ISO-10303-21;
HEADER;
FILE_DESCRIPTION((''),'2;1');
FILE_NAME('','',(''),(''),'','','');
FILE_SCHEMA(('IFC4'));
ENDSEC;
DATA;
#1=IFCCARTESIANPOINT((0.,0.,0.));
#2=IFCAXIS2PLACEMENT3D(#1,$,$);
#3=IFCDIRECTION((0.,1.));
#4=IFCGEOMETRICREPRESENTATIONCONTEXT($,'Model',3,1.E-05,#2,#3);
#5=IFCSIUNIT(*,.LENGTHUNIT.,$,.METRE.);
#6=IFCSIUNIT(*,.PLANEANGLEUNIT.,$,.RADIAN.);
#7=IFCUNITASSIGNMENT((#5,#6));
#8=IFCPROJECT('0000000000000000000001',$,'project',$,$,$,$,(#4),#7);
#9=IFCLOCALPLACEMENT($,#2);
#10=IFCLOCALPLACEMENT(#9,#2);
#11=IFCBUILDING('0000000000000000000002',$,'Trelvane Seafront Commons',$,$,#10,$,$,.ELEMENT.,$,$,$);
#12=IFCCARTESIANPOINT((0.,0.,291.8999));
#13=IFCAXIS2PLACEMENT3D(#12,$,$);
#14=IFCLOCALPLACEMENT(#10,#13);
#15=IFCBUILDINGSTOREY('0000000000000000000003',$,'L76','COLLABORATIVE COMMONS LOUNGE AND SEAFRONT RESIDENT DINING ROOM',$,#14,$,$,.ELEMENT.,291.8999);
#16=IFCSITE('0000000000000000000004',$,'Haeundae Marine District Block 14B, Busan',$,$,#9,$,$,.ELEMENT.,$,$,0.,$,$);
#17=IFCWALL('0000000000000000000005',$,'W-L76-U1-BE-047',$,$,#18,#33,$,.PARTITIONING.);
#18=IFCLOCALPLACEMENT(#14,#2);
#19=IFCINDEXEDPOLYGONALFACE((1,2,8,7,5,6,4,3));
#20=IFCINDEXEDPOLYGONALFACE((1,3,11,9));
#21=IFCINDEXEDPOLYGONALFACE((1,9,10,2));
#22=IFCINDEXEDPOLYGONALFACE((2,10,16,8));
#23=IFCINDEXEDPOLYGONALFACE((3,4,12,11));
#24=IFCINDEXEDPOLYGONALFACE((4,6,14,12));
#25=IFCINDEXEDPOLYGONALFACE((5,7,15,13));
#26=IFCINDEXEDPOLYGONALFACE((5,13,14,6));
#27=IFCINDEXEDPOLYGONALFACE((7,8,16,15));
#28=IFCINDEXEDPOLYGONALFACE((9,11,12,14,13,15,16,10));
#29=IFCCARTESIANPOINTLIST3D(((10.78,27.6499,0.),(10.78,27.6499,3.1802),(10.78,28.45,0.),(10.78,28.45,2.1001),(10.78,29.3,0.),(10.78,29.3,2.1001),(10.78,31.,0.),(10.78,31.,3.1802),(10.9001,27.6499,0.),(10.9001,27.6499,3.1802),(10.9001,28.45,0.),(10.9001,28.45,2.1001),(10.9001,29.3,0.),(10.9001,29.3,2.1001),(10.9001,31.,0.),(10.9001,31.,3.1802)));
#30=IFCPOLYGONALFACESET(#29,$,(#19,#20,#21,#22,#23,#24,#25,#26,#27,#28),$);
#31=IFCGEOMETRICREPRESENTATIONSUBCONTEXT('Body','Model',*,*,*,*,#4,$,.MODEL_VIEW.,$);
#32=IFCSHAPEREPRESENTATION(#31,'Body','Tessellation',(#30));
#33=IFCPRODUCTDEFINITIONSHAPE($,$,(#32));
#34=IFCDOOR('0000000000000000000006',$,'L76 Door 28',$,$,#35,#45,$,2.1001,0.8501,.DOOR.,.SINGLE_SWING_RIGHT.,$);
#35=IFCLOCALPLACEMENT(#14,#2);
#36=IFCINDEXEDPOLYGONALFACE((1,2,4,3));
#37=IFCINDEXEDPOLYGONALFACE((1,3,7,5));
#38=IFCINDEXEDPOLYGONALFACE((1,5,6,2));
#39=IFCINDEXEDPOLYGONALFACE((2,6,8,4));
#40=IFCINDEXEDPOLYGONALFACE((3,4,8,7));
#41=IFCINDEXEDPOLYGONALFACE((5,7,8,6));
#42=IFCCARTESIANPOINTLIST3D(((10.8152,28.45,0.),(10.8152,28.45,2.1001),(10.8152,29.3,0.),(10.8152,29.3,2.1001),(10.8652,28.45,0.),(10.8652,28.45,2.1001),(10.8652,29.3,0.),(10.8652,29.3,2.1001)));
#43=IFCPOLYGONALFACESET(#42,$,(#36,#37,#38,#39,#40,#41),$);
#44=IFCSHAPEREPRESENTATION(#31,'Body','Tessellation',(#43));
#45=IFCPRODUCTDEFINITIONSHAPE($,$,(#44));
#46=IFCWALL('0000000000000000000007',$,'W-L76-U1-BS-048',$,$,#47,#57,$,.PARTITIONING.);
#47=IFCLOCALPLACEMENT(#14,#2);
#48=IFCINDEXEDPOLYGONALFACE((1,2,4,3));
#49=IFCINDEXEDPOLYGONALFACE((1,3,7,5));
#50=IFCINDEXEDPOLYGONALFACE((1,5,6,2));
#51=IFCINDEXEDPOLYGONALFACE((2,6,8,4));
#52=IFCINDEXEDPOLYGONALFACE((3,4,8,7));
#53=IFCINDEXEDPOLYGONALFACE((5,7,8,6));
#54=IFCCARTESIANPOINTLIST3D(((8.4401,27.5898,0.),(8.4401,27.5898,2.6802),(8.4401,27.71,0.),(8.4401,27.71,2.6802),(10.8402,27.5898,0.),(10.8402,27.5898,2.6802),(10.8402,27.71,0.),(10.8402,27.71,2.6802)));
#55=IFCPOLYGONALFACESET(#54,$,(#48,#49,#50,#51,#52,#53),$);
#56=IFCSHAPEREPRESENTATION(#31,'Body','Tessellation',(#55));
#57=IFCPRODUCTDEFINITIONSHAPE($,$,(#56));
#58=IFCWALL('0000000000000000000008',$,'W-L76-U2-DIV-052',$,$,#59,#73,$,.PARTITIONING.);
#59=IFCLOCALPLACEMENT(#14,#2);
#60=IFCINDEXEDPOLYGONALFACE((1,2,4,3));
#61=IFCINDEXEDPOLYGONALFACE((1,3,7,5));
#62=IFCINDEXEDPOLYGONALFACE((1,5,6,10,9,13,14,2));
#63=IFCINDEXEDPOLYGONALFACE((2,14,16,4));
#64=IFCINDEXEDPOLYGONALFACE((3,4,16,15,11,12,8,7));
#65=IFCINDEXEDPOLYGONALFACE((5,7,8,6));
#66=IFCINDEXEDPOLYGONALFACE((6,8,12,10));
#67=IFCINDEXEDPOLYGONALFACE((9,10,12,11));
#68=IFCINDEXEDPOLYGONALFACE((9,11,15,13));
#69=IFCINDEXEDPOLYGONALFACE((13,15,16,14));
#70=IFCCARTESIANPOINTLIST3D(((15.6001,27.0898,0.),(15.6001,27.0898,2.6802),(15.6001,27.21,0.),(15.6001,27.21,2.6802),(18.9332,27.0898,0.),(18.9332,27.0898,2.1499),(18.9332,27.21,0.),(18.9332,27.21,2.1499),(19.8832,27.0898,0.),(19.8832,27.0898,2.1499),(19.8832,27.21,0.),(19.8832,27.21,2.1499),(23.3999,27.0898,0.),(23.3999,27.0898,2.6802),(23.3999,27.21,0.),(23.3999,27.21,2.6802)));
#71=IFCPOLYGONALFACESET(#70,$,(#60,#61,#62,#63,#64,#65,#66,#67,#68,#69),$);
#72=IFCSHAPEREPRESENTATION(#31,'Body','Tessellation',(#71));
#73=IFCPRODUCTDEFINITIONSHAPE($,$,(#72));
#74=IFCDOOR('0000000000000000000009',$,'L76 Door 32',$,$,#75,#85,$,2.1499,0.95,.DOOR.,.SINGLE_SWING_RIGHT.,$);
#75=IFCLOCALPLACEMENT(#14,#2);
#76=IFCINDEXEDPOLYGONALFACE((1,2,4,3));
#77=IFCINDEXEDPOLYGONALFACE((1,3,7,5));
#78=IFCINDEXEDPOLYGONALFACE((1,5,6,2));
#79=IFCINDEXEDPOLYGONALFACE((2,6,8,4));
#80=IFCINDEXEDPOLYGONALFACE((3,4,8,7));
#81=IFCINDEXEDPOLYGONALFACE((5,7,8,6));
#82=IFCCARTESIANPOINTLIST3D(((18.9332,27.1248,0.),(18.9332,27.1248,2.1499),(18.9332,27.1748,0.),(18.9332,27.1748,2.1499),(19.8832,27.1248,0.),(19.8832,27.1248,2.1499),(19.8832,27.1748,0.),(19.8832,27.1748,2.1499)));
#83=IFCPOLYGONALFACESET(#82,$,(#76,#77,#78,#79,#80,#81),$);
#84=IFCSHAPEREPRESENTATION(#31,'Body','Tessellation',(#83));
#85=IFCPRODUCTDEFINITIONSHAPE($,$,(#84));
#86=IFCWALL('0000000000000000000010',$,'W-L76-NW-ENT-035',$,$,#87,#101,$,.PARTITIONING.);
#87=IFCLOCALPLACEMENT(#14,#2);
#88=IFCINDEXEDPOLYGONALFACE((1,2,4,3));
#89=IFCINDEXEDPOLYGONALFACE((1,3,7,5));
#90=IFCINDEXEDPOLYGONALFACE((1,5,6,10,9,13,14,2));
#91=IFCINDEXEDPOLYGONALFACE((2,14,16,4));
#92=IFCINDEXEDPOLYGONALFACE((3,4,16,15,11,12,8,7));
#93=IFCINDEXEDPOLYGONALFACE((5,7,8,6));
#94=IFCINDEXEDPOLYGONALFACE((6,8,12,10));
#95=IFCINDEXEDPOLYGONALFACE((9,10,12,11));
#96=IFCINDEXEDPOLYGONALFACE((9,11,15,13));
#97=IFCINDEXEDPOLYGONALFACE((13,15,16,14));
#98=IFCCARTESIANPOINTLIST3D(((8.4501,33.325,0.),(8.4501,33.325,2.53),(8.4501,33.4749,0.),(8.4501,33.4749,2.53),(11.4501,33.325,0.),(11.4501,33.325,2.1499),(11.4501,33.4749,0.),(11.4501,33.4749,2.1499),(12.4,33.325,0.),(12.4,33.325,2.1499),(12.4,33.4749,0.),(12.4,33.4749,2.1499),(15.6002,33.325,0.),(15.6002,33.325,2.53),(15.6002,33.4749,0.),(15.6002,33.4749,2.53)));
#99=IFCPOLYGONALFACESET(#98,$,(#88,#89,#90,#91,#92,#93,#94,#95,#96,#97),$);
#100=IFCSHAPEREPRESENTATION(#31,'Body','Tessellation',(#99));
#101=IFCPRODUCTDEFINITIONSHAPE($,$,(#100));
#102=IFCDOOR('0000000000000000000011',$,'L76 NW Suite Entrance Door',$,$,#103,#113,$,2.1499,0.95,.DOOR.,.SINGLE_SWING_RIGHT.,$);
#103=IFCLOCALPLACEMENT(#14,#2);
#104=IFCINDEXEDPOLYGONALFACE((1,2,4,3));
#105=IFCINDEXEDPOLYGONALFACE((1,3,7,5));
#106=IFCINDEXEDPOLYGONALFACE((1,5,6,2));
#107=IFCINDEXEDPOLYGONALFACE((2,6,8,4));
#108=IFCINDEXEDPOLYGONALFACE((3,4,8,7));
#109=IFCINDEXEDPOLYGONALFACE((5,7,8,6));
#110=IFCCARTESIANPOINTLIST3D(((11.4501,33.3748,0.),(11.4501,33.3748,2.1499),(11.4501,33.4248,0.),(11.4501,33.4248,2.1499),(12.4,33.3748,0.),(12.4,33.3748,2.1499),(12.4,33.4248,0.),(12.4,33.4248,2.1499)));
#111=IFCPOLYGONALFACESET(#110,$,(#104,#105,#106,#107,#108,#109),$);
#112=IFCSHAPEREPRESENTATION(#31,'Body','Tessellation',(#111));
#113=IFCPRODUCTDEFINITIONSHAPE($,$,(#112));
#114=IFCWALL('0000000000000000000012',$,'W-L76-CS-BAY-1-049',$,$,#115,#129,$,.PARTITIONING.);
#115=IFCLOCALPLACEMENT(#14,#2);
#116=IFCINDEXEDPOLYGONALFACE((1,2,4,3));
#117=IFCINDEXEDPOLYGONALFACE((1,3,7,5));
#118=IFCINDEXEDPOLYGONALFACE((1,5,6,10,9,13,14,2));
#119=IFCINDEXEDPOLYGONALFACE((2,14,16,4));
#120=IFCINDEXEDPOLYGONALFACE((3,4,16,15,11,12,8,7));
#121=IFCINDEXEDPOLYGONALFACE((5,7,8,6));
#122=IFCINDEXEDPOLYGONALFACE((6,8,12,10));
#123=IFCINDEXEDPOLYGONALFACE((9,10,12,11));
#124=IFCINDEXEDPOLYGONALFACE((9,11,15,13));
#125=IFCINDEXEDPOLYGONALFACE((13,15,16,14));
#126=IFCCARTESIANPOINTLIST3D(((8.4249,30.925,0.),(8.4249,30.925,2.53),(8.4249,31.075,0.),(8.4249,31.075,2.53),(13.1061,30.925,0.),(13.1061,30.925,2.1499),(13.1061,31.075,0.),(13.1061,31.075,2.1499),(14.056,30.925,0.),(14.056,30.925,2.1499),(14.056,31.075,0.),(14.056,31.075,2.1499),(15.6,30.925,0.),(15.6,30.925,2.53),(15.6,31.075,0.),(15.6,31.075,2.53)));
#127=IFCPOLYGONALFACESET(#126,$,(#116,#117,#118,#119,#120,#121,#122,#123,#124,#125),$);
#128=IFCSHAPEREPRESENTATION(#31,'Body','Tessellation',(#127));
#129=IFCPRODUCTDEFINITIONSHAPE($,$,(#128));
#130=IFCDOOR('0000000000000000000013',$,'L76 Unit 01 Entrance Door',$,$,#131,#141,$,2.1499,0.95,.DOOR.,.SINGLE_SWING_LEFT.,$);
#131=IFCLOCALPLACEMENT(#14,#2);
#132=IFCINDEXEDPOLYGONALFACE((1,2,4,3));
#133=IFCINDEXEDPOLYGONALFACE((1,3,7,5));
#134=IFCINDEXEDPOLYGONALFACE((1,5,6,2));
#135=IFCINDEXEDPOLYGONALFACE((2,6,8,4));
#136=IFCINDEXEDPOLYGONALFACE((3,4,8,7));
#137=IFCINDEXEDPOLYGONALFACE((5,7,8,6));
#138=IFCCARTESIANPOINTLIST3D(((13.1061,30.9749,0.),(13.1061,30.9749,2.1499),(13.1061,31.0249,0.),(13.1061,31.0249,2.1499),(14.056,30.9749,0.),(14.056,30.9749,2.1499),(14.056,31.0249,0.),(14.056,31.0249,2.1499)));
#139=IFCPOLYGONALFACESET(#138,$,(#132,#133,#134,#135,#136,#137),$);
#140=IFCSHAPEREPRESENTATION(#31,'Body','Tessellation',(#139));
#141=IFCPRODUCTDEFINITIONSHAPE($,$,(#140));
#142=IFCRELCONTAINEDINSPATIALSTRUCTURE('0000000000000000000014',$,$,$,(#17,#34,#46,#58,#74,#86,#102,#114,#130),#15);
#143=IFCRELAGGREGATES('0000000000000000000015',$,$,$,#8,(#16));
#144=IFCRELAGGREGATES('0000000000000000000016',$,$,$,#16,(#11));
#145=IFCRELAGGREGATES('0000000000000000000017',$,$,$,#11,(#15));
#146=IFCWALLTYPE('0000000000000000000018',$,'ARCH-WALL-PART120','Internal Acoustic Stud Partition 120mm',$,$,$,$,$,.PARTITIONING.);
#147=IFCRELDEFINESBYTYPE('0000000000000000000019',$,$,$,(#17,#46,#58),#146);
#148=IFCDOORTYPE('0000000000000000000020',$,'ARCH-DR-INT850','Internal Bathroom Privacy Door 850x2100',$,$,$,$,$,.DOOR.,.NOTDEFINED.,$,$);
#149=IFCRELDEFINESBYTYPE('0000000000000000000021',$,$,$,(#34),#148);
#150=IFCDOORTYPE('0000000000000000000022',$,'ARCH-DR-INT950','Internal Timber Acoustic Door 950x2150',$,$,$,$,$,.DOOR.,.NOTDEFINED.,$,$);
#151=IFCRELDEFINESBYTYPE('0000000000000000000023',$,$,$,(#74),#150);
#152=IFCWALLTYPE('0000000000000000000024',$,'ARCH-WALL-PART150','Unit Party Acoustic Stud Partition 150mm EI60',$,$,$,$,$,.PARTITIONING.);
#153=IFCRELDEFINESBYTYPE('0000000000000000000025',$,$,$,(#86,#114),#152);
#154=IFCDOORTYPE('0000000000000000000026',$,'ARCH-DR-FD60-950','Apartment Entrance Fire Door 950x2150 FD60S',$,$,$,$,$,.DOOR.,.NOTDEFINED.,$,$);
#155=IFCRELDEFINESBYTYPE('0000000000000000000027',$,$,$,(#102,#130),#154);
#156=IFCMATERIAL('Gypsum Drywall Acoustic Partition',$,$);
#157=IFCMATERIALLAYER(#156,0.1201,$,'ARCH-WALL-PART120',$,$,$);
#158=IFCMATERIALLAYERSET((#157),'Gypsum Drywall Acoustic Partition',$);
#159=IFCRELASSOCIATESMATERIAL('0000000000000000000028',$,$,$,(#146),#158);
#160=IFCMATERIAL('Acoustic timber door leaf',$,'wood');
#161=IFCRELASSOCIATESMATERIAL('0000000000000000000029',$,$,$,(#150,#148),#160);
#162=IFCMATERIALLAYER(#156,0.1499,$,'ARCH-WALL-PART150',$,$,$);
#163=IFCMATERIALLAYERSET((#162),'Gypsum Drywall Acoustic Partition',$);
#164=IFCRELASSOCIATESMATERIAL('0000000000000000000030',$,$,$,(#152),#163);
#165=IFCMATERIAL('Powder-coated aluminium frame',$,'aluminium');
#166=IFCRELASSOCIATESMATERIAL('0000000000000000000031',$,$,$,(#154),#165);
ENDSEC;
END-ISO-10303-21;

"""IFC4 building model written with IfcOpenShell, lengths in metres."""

from ifc_helpers import new_model, si_unit, direction, frame, frame_2d, origin, place, context, subcontext, project, spatial, rectangle, extrude, source, transform, mapped, material, layer, layer_set, type_object, element, fill, save


model = new_model("IFC4")

# Units and contexts
model_context = context("Model", 3, precision=1e-05, world=origin(), true_north=direction((0.0, 1.0)))
body_context = subcontext(model_context, "Body", "Model", "MODEL_VIEW")
ifc_project = project(units=[si_unit("LENGTHUNIT", "METRE"), si_unit("PLANEANGLEUNIT", "RADIAN")], contexts=[model_context])

# Site, building, storey
site_placement = place(None, origin())
site = spatial("IfcSite", under=ifc_project, at=site_placement, Name="Haeundae Marine District Block 14B, Busan", CompositionType="ELEMENT", RefElevation=0.0)
building_placement = place(site_placement, origin())
building = spatial("IfcBuilding", under=site, at=building_placement, Name="Trelvane Seafront Commons", CompositionType="ELEMENT")
storey_placement = place(building_placement, frame((0.0, 0.0, 291.8999)))
storey = spatial("IfcBuildingStorey", under=building, at=storey_placement, Name="L76", Description="COLLABORATIVE COMMONS LOUNGE AND SEAFRONT RESIDENT DINING ROOM", CompositionType="ELEMENT", Elevation=291.8999)

# Wall, opening, door
ifc_material_1 = material(Name="Gypsum Drywall Acoustic Partition")
ifc_layer_1 = layer(ifc_material_1, 0.1201, Name="ARCH-WALL-PART120")
ifc_layer_set_1 = layer_set([ifc_layer_1], Name="Gypsum Drywall Acoustic Partition")
wall_type_1 = type_object("IfcWallType", Name="ARCH-WALL-PART120", Description="Internal Acoustic Stud Partition 120mm", PredefinedType="PARTITIONING", material=ifc_layer_set_1)
ifc_material_2 = material(Name="Acoustic timber door leaf", Category="wood")
door_type_1 = type_object("IfcDoorType", Name="ARCH-DR-INT950", Description="Internal Timber Acoustic Door 950x2150", OperationType="NOTDEFINED", PredefinedType="DOOR", material=ifc_material_2)
shared_shape_1 = source(origin(), body_context, "Body", "SweptSolid", [
    extrude(rectangle(XDim=0.95, YDim=2.1499, at=frame_2d((0.4751, 1.075))), frame((0.0, 0.0249, 0.0), z_axis=(0.0, -1.0, 0.0), x_axis=(1.0, 0.0, 0.0)), (0.0, 0.0, 1.0), 0.05),
])
wall_1_placement = place(storey_placement, frame((10.8401, 27.6499, 0.0), z_axis=(0.0, 0.0, 1.0), x_axis=(0.0, 1.0, 0.0)))
wall_1 = element("IfcWall", 1, at=wall_1_placement, inside=storey, type_object=wall_type_1, Name="W-L76-U1-BE-047", PredefinedType="PARTITIONING", context=body_context, shape_type="SweptSolid", body=[
    extrude(rectangle(XDim=3.3501, YDim=0.1201, at=frame_2d((1.675, 0.0))), origin(), (0.0, 0.0, 1.0), 3.1802),
])
opening_1_placement = place(wall_1_placement, frame((0.8, 0.0, 0.0)))
opening_1 = element("IfcOpeningElement", 2, at=opening_1_placement, cuts=wall_1, PredefinedType="OPENING", context=body_context, shape_type="SweptSolid", body=[
    extrude(rectangle(XDim=0.8501, YDim=2.1001, at=frame_2d((0.425, 1.05))), frame((0.0, 0.0701, 0.0), z_axis=(0.0, -1.0, 0.0), x_axis=(1.0, 0.0, 0.0)), (0.0, 0.0, 1.0), 0.1401),
])
door_type_2 = type_object("IfcDoorType", Name="ARCH-DR-INT850", Description="Internal Bathroom Privacy Door 850x2100", OperationType="NOTDEFINED", PredefinedType="DOOR", material=ifc_material_2)
shared_shape_2 = source(origin(), body_context, "Body", "SweptSolid", [
    extrude(rectangle(XDim=0.8501, YDim=2.1001, at=frame_2d((0.425, 1.05))), frame((0.0, 0.0249, 0.0), z_axis=(0.0, -1.0, 0.0), x_axis=(1.0, 0.0, 0.0)), (0.0, 0.0, 1.0), 0.05),
])
door_1_placement = place(opening_1_placement, origin())
door_1 = element("IfcDoor", 3, at=door_1_placement, inside=storey, type_object=door_type_2, Name="L76 Door 28", OperationType="SINGLE_SWING_RIGHT", OverallHeight=2.1001, OverallWidth=0.8501, PredefinedType="DOOR", context=body_context, shape_type="MappedRepresentation", body=[
    mapped(shared_shape_2, transform((0.0, 0.0, 0.0), x_axis=(1.0, 0.0, 0.0), y_axis=(0.0, 1.0, 0.0), z_axis=(0.0, 0.0, 1.0), scale=1.0)),
])
fill(opening_1, door_1)

# Wall
wall_2_placement = place(storey_placement, frame((8.4399, 27.6499, 0.0), z_axis=(0.0, 0.0, 1.0), x_axis=(1.0, 0.0, 0.0)))
element("IfcWall", 4, at=wall_2_placement, inside=storey, type_object=wall_type_1, Name="W-L76-U1-BS-048", PredefinedType="PARTITIONING", context=body_context, shape_type="SweptSolid", body=[
    extrude(rectangle(XDim=2.4001, YDim=0.1201, at=frame_2d((1.2002, 0.0))), origin(), (0.0, 0.0, 1.0), 2.6802),
])

# Walls, openings, doors
wall_3_placement = place(storey_placement, frame((15.6001, 27.1499, 0.0), z_axis=(0.0, 0.0, 1.0), x_axis=(1.0, 0.0, 0.0)))
wall_3 = element("IfcWall", 5, at=wall_3_placement, inside=storey, type_object=wall_type_1, Name="W-L76-U2-DIV-052", PredefinedType="PARTITIONING", context=body_context, shape_type="SweptSolid", body=[
    extrude(rectangle(XDim=7.7998, YDim=0.1201, at=frame_2d((3.8999, 0.0))), origin(), (0.0, 0.0, 1.0), 2.6802),
])
opening_2_placement = place(wall_3_placement, frame((3.333, 0.0, 0.0)))
opening_2 = element("IfcOpeningElement", 6, at=opening_2_placement, cuts=wall_3, PredefinedType="OPENING", context=body_context, shape_type="SweptSolid", body=[
    extrude(rectangle(XDim=0.95, YDim=2.1499, at=frame_2d((0.4751, 1.075))), frame((0.0, 0.0701, 0.0), z_axis=(0.0, -1.0, 0.0), x_axis=(1.0, 0.0, 0.0)), (0.0, 0.0, 1.0), 0.1401),
])
door_2_placement = place(opening_2_placement, origin())
door_2 = element("IfcDoor", 7, at=door_2_placement, inside=storey, type_object=door_type_1, Name="L76 Door 32", OperationType="SINGLE_SWING_RIGHT", OverallHeight=2.1499, OverallWidth=0.95, PredefinedType="DOOR", context=body_context, shape_type="MappedRepresentation", body=[
    mapped(shared_shape_1, transform((0.0, 0.0, 0.0), x_axis=(1.0, 0.0, 0.0), y_axis=(0.0, 1.0, 0.0), z_axis=(0.0, 0.0, 1.0), scale=1.0)),
])
fill(opening_2, door_2)
ifc_layer_2 = layer(ifc_material_1, 0.1499, Name="ARCH-WALL-PART150")
ifc_layer_set_2 = layer_set([ifc_layer_2], Name="Gypsum Drywall Acoustic Partition")
wall_type_2 = type_object("IfcWallType", Name="ARCH-WALL-PART150", Description="Unit Party Acoustic Stud Partition 150mm EI60", PredefinedType="PARTITIONING", material=ifc_layer_set_2)
wall_4_placement = place(storey_placement, frame((8.45, 33.3999, 0.0), z_axis=(0.0, 0.0, 1.0), x_axis=(1.0, 0.0, 0.0)))
wall_4 = element("IfcWall", 8, at=wall_4_placement, inside=storey, type_object=wall_type_2, Name="W-L76-NW-ENT-035", PredefinedType="PARTITIONING", context=body_context, shape_type="SweptSolid", body=[
    extrude(rectangle(XDim=7.1501, YDim=0.1499, at=frame_2d((3.5752, 0.0))), origin(), (0.0, 0.0, 1.0), 2.53),
])
opening_3_placement = place(wall_4_placement, frame((3.0, 0.0, 0.0)))
opening_3 = element("IfcOpeningElement", 9, at=opening_3_placement, cuts=wall_4, PredefinedType="OPENING", context=body_context, shape_type="SweptSolid", body=[
    extrude(rectangle(XDim=0.95, YDim=2.1499, at=frame_2d((0.4751, 1.075))), frame((0.0, 0.085, 0.0), z_axis=(0.0, -1.0, 0.0), x_axis=(1.0, 0.0, 0.0)), (0.0, 0.0, 1.0), 0.1699),
])
ifc_material_3 = material(Name="Powder-coated aluminium frame", Category="aluminium")
door_type_3 = type_object("IfcDoorType", Name="ARCH-DR-FD60-950", Description="Apartment Entrance Fire Door 950x2150 FD60S", OperationType="NOTDEFINED", PredefinedType="DOOR", material=ifc_material_3)
door_3_placement = place(opening_3_placement, origin())
door_3 = element("IfcDoor", 10, at=door_3_placement, inside=storey, type_object=door_type_3, Name="L76 NW Suite Entrance Door", OperationType="SINGLE_SWING_RIGHT", OverallHeight=2.1499, OverallWidth=0.95, PredefinedType="DOOR", context=body_context, shape_type="MappedRepresentation", body=[
    mapped(shared_shape_1, transform((0.0, 0.0, 0.0), x_axis=(1.0, 0.0, 0.0), y_axis=(0.0, 1.0, 0.0), z_axis=(0.0, 0.0, 1.0), scale=1.0)),
])
fill(opening_3, door_3)
wall_5_placement = place(storey_placement, frame((8.425, 31.0, 0.0), z_axis=(0.0, 0.0, 1.0), x_axis=(1.0, 0.0, 0.0)))
wall_5 = element("IfcWall", 11, at=wall_5_placement, inside=storey, type_object=wall_type_2, Name="W-L76-CS-BAY-1-049", PredefinedType="PARTITIONING", context=body_context, shape_type="SweptSolid", body=[
    extrude(rectangle(XDim=7.175, YDim=0.1499, at=frame_2d((3.5874, 0.0))), origin(), (0.0, 0.0, 1.0), 2.53),
])
opening_4_placement = place(wall_5_placement, frame((4.6809, 0.0, 0.0)))
opening_4 = element("IfcOpeningElement", 12, at=opening_4_placement, cuts=wall_5, PredefinedType="OPENING", context=body_context, shape_type="SweptSolid", body=[
    extrude(rectangle(XDim=0.95, YDim=2.1499, at=frame_2d((0.4751, 1.075))), frame((0.0, 0.085, 0.0), z_axis=(0.0, -1.0, 0.0), x_axis=(1.0, 0.0, 0.0)), (0.0, 0.0, 1.0), 0.1699),
])
door_4_placement = place(opening_4_placement, origin())
door_4 = element("IfcDoor", 13, at=door_4_placement, inside=storey, type_object=door_type_3, Name="L76 Unit 01 Entrance Door", OperationType="SINGLE_SWING_LEFT", OverallHeight=2.1499, OverallWidth=0.95, PredefinedType="DOOR", context=body_context, shape_type="MappedRepresentation", body=[
    mapped(shared_shape_1, transform((0.0, 0.0, 0.0), x_axis=(1.0, 0.0, 0.0), y_axis=(0.0, 1.0, 0.0), z_axis=(0.0, 0.0, 1.0), scale=1.0)),
])
fill(opening_4, door_4)

save(model, "model.ifc")
